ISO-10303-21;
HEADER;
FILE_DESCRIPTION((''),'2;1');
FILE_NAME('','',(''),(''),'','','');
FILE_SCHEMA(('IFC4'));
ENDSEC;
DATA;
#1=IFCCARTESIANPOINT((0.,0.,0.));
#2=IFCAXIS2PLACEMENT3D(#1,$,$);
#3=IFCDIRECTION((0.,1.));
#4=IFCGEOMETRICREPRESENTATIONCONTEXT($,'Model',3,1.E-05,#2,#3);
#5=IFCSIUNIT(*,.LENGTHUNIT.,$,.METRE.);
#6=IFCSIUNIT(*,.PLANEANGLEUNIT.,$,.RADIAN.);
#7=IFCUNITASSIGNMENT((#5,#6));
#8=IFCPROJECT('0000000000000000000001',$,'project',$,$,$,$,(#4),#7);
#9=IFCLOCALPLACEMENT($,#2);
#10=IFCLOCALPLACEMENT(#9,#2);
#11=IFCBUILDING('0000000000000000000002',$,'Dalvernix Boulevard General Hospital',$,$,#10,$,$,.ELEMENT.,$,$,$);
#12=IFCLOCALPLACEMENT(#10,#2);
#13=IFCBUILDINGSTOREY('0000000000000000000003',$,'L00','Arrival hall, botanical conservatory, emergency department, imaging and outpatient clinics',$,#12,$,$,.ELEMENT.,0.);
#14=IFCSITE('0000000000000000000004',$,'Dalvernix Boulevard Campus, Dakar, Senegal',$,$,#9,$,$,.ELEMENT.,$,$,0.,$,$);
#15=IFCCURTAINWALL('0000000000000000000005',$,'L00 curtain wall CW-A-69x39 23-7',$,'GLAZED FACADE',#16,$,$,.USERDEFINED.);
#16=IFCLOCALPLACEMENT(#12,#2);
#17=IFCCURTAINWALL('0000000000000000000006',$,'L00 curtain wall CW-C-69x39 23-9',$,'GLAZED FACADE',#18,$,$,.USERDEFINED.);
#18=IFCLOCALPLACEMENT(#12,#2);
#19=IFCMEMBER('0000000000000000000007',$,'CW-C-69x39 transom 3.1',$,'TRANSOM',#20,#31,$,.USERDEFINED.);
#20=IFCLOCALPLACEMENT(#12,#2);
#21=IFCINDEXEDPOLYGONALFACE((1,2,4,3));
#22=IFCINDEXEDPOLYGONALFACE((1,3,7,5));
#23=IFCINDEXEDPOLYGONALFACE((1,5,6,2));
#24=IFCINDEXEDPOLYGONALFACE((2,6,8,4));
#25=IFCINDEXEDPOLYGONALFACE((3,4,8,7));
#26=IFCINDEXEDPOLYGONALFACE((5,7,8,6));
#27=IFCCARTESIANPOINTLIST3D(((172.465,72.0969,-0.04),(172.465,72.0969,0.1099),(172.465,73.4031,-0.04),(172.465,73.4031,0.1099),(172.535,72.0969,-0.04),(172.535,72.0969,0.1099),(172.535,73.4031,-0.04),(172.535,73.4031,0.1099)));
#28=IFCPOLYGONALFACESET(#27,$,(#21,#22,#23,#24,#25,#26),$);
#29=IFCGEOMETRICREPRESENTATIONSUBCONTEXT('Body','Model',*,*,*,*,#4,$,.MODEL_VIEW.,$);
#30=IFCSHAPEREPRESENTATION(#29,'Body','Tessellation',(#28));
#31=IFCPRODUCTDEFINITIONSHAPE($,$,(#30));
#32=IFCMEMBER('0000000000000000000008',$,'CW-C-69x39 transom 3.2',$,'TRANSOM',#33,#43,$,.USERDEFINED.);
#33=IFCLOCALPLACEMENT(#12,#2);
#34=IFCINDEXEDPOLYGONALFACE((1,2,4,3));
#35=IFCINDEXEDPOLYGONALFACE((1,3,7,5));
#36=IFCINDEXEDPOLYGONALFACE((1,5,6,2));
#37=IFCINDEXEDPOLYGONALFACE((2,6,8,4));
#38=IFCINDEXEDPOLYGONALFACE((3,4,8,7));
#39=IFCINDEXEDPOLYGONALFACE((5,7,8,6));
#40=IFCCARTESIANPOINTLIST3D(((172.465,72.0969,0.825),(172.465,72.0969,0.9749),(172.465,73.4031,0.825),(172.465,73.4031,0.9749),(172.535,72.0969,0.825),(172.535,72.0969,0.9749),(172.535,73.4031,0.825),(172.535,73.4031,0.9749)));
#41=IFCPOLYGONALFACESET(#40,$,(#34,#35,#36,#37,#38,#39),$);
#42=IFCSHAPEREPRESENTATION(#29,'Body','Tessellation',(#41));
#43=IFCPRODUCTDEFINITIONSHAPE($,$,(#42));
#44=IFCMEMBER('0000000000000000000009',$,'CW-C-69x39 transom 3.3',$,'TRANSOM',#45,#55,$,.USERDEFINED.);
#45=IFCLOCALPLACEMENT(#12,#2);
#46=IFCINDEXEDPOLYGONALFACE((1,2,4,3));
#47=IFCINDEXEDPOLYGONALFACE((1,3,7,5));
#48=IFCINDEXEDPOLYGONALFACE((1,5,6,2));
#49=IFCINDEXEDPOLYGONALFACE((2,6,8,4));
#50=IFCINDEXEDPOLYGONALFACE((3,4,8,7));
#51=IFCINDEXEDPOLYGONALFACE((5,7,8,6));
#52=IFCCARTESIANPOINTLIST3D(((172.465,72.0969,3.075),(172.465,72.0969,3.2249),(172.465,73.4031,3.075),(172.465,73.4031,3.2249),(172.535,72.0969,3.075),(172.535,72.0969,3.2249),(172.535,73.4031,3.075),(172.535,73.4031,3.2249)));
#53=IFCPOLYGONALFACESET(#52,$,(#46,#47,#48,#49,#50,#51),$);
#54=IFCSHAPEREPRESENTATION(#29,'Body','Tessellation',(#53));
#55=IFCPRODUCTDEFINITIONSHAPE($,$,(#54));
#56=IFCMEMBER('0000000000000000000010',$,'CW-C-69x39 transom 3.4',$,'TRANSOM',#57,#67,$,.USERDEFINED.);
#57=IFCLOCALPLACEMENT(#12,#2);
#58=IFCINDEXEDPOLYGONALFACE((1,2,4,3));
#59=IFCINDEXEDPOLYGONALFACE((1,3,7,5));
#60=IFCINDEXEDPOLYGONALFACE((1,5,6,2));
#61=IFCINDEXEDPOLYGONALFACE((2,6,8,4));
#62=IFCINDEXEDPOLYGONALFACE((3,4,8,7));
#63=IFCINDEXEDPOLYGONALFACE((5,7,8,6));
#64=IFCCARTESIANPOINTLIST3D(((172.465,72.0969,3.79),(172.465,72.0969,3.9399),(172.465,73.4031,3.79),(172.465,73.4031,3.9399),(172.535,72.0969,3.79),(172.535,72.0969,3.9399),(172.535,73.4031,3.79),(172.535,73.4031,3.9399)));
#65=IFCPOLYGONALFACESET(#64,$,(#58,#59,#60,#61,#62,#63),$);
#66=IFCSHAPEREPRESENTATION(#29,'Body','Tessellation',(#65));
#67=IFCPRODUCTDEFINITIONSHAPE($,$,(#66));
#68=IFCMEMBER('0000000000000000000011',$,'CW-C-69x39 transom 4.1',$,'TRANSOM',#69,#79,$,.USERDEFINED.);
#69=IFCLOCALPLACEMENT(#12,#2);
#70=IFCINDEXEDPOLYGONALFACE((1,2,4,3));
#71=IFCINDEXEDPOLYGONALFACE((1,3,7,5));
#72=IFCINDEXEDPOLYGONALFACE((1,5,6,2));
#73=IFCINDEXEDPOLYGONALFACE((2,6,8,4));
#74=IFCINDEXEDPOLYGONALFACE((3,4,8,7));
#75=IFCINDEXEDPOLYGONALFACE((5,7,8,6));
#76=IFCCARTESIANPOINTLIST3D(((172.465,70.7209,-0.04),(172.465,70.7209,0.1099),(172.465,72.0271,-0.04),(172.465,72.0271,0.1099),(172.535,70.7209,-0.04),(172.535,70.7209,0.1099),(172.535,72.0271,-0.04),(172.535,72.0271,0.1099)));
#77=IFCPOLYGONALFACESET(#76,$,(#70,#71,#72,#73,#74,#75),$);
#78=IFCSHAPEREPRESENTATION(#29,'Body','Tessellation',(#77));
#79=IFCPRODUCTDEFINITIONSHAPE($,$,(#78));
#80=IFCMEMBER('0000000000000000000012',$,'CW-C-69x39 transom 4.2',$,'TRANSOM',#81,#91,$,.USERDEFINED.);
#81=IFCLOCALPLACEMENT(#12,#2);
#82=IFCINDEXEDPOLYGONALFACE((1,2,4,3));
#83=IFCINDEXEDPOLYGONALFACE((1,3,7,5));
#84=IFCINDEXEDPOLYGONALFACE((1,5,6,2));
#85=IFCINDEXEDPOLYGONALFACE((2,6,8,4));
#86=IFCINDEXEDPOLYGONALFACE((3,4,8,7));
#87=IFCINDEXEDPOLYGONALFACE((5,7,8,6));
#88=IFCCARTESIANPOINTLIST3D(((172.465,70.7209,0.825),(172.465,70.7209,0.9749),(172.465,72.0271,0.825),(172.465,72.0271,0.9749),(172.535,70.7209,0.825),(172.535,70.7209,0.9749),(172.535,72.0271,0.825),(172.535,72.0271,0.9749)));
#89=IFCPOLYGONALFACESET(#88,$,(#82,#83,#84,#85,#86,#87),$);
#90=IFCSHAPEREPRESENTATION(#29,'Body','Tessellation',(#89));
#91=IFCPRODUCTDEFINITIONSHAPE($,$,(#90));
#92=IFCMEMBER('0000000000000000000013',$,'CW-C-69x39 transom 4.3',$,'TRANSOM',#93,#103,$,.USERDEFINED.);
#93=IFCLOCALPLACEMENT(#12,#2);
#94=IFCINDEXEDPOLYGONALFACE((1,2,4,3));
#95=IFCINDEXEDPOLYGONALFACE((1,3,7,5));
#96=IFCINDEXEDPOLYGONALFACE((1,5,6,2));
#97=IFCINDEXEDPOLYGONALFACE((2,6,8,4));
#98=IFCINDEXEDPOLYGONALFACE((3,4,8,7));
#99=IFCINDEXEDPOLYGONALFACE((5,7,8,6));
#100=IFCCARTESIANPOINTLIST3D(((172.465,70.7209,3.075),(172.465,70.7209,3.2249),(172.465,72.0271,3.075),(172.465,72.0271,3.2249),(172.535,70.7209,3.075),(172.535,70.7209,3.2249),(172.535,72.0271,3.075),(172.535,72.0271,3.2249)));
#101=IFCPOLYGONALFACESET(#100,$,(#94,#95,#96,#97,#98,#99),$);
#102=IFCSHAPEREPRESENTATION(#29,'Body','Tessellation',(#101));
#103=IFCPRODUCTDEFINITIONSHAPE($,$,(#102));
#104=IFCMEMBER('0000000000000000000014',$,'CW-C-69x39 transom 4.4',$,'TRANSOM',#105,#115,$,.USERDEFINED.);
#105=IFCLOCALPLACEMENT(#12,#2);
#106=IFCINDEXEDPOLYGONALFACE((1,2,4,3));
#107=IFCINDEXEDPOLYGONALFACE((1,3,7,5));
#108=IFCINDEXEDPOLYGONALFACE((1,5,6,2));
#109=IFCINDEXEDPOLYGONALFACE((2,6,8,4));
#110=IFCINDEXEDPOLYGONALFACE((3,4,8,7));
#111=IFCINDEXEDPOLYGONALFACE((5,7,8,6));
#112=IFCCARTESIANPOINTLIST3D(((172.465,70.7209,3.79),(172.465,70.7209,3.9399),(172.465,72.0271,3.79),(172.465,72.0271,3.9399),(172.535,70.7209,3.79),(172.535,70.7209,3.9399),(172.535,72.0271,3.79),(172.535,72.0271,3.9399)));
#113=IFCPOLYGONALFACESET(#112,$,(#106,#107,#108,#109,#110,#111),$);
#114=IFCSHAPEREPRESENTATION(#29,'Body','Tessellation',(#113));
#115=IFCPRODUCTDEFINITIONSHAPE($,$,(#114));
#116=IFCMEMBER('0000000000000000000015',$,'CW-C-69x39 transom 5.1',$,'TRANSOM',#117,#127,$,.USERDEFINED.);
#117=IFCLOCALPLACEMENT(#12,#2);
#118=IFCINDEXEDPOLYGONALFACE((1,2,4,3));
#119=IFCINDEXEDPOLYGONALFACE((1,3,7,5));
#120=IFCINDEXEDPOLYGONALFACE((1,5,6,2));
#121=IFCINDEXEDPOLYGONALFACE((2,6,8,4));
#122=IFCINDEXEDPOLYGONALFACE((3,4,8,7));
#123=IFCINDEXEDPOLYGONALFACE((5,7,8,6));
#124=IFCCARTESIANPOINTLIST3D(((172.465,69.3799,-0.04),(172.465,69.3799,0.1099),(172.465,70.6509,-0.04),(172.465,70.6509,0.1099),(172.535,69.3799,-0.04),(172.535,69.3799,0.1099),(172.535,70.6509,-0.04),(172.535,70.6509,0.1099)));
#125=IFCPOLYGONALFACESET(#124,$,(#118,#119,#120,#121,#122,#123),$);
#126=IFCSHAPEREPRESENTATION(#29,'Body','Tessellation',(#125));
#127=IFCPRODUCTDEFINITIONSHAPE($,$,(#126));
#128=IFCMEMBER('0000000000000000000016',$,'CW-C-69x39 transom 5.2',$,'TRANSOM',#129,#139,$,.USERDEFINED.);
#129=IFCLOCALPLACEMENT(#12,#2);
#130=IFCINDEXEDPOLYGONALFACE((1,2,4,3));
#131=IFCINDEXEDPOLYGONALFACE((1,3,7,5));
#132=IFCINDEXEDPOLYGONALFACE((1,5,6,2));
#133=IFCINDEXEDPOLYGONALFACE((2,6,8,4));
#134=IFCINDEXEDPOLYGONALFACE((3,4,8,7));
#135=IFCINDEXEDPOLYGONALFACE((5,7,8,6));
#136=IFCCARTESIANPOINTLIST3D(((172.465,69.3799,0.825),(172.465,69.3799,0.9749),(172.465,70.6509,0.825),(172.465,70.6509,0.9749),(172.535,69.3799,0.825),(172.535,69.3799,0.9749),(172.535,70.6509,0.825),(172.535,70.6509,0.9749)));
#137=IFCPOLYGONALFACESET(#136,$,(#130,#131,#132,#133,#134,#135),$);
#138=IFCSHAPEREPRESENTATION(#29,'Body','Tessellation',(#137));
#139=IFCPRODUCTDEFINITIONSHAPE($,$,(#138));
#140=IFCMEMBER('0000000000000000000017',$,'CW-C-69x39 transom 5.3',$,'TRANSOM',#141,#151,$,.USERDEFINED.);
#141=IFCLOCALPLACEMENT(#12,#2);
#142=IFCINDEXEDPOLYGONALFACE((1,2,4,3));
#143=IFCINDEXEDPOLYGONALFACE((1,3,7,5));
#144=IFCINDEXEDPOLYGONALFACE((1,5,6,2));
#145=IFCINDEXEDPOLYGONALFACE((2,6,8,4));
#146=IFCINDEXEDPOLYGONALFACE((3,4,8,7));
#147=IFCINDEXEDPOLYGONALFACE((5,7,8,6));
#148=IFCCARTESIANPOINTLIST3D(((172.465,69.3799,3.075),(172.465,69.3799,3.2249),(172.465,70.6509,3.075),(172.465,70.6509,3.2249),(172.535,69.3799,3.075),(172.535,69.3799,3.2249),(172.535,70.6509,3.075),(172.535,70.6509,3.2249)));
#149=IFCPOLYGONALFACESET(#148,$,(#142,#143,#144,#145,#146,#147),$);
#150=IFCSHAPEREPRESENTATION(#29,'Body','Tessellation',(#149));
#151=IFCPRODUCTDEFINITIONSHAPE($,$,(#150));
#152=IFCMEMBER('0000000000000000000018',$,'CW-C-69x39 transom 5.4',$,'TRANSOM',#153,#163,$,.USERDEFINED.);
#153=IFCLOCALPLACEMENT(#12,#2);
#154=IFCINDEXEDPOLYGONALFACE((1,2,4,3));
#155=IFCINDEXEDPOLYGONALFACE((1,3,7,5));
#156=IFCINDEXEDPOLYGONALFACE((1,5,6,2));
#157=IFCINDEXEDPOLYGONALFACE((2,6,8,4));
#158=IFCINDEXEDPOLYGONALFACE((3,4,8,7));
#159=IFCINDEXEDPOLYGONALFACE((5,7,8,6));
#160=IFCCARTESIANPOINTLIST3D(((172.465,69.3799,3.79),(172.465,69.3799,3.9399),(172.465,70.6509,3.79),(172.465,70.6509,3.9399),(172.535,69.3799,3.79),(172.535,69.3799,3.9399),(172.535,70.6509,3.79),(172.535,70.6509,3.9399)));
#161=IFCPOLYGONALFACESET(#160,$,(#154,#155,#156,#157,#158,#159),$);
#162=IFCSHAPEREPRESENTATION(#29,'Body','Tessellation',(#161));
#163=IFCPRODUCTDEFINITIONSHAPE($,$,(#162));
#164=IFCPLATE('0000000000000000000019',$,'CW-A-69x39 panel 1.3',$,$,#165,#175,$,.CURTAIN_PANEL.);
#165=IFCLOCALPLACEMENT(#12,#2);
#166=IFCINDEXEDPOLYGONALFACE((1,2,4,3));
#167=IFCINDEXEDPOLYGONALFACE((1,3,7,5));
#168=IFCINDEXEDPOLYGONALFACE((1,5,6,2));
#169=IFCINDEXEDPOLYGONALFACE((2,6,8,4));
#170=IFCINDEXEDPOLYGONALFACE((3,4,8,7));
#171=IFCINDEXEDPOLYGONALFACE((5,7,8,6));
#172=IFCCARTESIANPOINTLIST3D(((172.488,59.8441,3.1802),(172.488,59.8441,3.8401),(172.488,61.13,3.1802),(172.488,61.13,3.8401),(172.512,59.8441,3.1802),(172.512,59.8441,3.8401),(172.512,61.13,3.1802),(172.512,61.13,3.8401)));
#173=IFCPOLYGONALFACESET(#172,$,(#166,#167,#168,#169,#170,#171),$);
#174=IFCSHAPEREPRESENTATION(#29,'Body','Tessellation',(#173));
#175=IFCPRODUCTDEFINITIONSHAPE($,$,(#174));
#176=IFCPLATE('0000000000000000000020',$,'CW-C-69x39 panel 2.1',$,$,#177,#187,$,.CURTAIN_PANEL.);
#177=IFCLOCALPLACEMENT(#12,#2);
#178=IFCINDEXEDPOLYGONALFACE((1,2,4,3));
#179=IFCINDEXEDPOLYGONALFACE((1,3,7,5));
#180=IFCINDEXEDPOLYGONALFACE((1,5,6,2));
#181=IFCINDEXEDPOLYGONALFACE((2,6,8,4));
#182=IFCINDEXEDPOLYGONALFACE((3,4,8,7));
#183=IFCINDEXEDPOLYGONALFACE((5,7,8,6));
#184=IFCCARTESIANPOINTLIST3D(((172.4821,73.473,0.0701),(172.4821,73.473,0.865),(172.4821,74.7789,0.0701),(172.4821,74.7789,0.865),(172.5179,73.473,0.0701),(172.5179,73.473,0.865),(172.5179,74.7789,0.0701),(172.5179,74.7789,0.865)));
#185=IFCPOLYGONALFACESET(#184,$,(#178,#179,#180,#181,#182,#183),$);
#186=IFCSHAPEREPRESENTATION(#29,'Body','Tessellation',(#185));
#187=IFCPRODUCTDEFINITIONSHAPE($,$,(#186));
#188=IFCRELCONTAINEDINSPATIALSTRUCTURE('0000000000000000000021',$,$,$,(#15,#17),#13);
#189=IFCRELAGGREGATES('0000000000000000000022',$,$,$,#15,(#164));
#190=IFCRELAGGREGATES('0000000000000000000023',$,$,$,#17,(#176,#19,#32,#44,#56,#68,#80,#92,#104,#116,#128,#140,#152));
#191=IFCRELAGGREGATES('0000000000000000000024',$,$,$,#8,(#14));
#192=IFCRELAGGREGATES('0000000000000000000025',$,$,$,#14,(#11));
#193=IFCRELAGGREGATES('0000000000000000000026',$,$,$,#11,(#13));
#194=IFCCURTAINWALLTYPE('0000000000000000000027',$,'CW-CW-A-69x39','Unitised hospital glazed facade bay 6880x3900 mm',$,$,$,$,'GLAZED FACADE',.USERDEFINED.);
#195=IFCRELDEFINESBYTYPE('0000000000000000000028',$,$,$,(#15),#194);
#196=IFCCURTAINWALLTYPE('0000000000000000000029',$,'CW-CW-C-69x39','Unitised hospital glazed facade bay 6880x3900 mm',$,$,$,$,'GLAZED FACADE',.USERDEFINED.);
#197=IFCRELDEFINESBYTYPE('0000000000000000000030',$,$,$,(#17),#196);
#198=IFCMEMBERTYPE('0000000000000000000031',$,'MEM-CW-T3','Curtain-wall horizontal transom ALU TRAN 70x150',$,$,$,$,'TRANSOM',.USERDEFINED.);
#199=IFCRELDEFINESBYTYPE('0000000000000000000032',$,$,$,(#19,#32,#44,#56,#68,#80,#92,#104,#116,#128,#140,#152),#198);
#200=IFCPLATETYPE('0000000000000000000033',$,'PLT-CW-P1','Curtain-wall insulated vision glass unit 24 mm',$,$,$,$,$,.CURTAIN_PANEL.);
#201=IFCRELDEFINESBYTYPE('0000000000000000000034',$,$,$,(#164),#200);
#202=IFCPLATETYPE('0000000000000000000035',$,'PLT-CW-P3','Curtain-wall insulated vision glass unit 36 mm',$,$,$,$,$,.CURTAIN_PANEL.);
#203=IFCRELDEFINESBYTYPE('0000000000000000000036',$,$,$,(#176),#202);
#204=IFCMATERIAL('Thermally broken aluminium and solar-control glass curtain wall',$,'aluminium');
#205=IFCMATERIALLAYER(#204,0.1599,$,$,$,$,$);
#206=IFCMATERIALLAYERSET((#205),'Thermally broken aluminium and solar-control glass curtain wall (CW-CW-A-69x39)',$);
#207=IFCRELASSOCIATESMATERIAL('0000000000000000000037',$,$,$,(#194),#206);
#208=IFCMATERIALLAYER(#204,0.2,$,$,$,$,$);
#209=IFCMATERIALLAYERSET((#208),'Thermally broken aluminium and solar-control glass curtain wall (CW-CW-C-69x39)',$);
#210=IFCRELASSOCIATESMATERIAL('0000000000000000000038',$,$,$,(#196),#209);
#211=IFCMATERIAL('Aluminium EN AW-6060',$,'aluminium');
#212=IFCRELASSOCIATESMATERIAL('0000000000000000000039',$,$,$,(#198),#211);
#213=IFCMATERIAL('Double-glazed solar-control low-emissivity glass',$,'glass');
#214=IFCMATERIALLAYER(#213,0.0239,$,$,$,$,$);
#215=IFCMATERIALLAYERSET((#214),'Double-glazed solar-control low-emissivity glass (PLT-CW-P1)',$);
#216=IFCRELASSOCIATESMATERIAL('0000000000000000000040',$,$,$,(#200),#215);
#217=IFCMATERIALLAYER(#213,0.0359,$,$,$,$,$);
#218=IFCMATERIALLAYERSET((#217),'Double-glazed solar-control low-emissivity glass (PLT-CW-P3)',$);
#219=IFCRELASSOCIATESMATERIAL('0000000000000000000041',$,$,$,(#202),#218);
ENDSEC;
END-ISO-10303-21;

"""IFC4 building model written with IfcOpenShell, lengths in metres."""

from ifc_helpers import new_model, si_unit, direction, frame, origin, origin_2d, place, context, subcontext, project, spatial, rectangle, extrude, material, layer, layer_set, material_profile, profile_set, type_object, element, aggregate, save


model = new_model("IFC4")

# Units and contexts
model_context = context("Model", 3, precision=1e-05, world=origin(), true_north=direction((0.0, 1.0)))
body_context = subcontext(model_context, "Body", "Model", "MODEL_VIEW")
ifc_project = project(units=[si_unit("LENGTHUNIT", "METRE"), si_unit("PLANEANGLEUNIT", "RADIAN")], contexts=[model_context])

# Site, building, storey
site_placement = place(None, origin())
site = spatial("IfcSite", under=ifc_project, at=site_placement, Name="Dalvernix Boulevard Campus, Dakar, Senegal", CompositionType="ELEMENT", RefElevation=0.0)
building_placement = place(site_placement, origin())
building = spatial("IfcBuilding", under=site, at=building_placement, Name="Dalvernix Boulevard General Hospital", CompositionType="ELEMENT")
storey_placement = place(building_placement, origin())
storey = spatial("IfcBuildingStorey", under=building, at=storey_placement, Name="L00", Description="Arrival hall, botanical conservatory, emergency department, imaging and outpatient clinics", CompositionType="ELEMENT", Elevation=0.0)

# Curtain wall
ifc_material_1 = material(Name="Thermally broken aluminium and solar-control glass curtain wall", Category="aluminium")
ifc_layer_1 = layer(ifc_material_1, 0.1599)
ifc_layer_set_1 = layer_set([ifc_layer_1], Name="Thermally broken aluminium and solar-control glass curtain wall (CW-CW-A-69x39)")
curtain_wall_type_1 = type_object("IfcCurtainWallType", Name="CW-CW-A-69x39", Description="Unitised hospital glazed facade bay 6880x3900 mm", ElementType="GLAZED FACADE", PredefinedType="USERDEFINED", material=ifc_layer_set_1)
curtain_wall_1_placement = place(storey_placement, origin())
curtain_wall_1 = element("IfcCurtainWall", 1, at=curtain_wall_1_placement, inside=storey, type_object=curtain_wall_type_1, Name="L00 curtain wall CW-A-69x39 23-7", ObjectType="GLAZED FACADE", PredefinedType="USERDEFINED")
ifc_material_2 = material(Name="Aluminium EN AW-6060", Category="aluminium")

# Curtain wall
ifc_layer_2 = layer(ifc_material_1, 0.2)
ifc_layer_set_2 = layer_set([ifc_layer_2], Name="Thermally broken aluminium and solar-control glass curtain wall (CW-CW-C-69x39)")
curtain_wall_type_2 = type_object("IfcCurtainWallType", Name="CW-CW-C-69x39", Description="Unitised hospital glazed facade bay 6880x3900 mm", ElementType="GLAZED FACADE", PredefinedType="USERDEFINED", material=ifc_layer_set_2)
curtain_wall_2_placement = place(storey_placement, origin())
curtain_wall_2 = element("IfcCurtainWall", 2, at=curtain_wall_2_placement, inside=storey, type_object=curtain_wall_type_2, Name="L00 curtain wall CW-C-69x39 23-9", ObjectType="GLAZED FACADE", PredefinedType="USERDEFINED")

# Members
ifc_material_profile_1 = material_profile(ifc_material_2, rectangle(XDim=0.0701, YDim=0.1499, at=origin_2d()), Name="ALU TRAN 70x150")
ifc_profile_set_1 = profile_set([ifc_material_profile_1], Name="Aluminium EN AW-6060")
member_type_1 = type_object("IfcMemberType", Name="MEM-CW-T3", Description="Curtain-wall horizontal transom ALU TRAN 70x150", ElementType="TRANSOM", PredefinedType="USERDEFINED", material=ifc_profile_set_1)
member_1_placement = place(storey_placement, frame((172.5, 73.4031, 0.0349), z_axis=(0.0, -1.0, 0.0), x_axis=(1.0, 0.0, 0.0)))
member_1 = element("IfcMember", 3, at=member_1_placement, type_object=member_type_1, Name="CW-C-69x39 transom 3.1", ObjectType="TRANSOM", PredefinedType="USERDEFINED", context=body_context, shape_type="SweptSolid", body=[
    extrude(rectangle(XDim=0.0701, YDim=0.1499, at=origin_2d()), origin(), (0.0, 0.0, 1.0), 1.3062),
])
member_2_placement = place(storey_placement, frame((172.5, 73.4031, 0.8999), z_axis=(0.0, -1.0, 0.0), x_axis=(1.0, 0.0, 0.0)))
member_2 = element("IfcMember", 4, at=member_2_placement, type_object=member_type_1, Name="CW-C-69x39 transom 3.2", ObjectType="TRANSOM", PredefinedType="USERDEFINED", context=body_context, shape_type="SweptSolid", body=[
    extrude(rectangle(XDim=0.0701, YDim=0.1499, at=origin_2d()), origin(), (0.0, 0.0, 1.0), 1.3062),
])
member_3_placement = place(storey_placement, frame((172.5, 73.4031, 3.1499), z_axis=(0.0, -1.0, 0.0), x_axis=(1.0, 0.0, 0.0)))
member_3 = element("IfcMember", 5, at=member_3_placement, type_object=member_type_1, Name="CW-C-69x39 transom 3.3", ObjectType="TRANSOM", PredefinedType="USERDEFINED", context=body_context, shape_type="SweptSolid", body=[
    extrude(rectangle(XDim=0.0701, YDim=0.1499, at=origin_2d()), origin(), (0.0, 0.0, 1.0), 1.3062),
])
member_4_placement = place(storey_placement, frame((172.5, 73.4031, 3.865), z_axis=(0.0, -1.0, 0.0), x_axis=(1.0, 0.0, 0.0)))
member_4 = element("IfcMember", 6, at=member_4_placement, type_object=member_type_1, Name="CW-C-69x39 transom 3.4", ObjectType="TRANSOM", PredefinedType="USERDEFINED", context=body_context, shape_type="SweptSolid", body=[
    extrude(rectangle(XDim=0.0701, YDim=0.1499, at=origin_2d()), origin(), (0.0, 0.0, 1.0), 1.3062),
])
member_5_placement = place(storey_placement, frame((172.5, 72.0271, 0.0349), z_axis=(0.0, -1.0, 0.0), x_axis=(1.0, 0.0, 0.0)))
member_5 = element("IfcMember", 7, at=member_5_placement, type_object=member_type_1, Name="CW-C-69x39 transom 4.1", ObjectType="TRANSOM", PredefinedType="USERDEFINED", context=body_context, shape_type="SweptSolid", body=[
    extrude(rectangle(XDim=0.0701, YDim=0.1499, at=origin_2d()), origin(), (0.0, 0.0, 1.0), 1.3062),
])
member_6_placement = place(storey_placement, frame((172.5, 72.0271, 0.8999), z_axis=(0.0, -1.0, 0.0), x_axis=(1.0, 0.0, 0.0)))
member_6 = element("IfcMember", 8, at=member_6_placement, type_object=member_type_1, Name="CW-C-69x39 transom 4.2", ObjectType="TRANSOM", PredefinedType="USERDEFINED", context=body_context, shape_type="SweptSolid", body=[
    extrude(rectangle(XDim=0.0701, YDim=0.1499, at=origin_2d()), origin(), (0.0, 0.0, 1.0), 1.3062),
])
member_7_placement = place(storey_placement, frame((172.5, 72.0271, 3.1499), z_axis=(0.0, -1.0, 0.0), x_axis=(1.0, 0.0, 0.0)))
member_7 = element("IfcMember", 9, at=member_7_placement, type_object=member_type_1, Name="CW-C-69x39 transom 4.3", ObjectType="TRANSOM", PredefinedType="USERDEFINED", context=body_context, shape_type="SweptSolid", body=[
    extrude(rectangle(XDim=0.0701, YDim=0.1499, at=origin_2d()), origin(), (0.0, 0.0, 1.0), 1.3062),
])
member_8_placement = place(storey_placement, frame((172.5, 72.0271, 3.865), z_axis=(0.0, -1.0, 0.0), x_axis=(1.0, 0.0, 0.0)))
member_8 = element("IfcMember", 10, at=member_8_placement, type_object=member_type_1, Name="CW-C-69x39 transom 4.4", ObjectType="TRANSOM", PredefinedType="USERDEFINED", context=body_context, shape_type="SweptSolid", body=[
    extrude(rectangle(XDim=0.0701, YDim=0.1499, at=origin_2d()), origin(), (0.0, 0.0, 1.0), 1.3062),
])
member_9_placement = place(storey_placement, frame((172.5, 70.6509, 0.0349), z_axis=(0.0, -1.0, 0.0), x_axis=(1.0, 0.0, 0.0)))
member_9 = element("IfcMember", 11, at=member_9_placement, type_object=member_type_1, Name="CW-C-69x39 transom 5.1", ObjectType="TRANSOM", PredefinedType="USERDEFINED", context=body_context, shape_type="SweptSolid", body=[
    extrude(rectangle(XDim=0.0701, YDim=0.1499, at=origin_2d()), origin(), (0.0, 0.0, 1.0), 1.271),
])
member_10_placement = place(storey_placement, frame((172.5, 70.6509, 0.8999), z_axis=(0.0, -1.0, 0.0), x_axis=(1.0, 0.0, 0.0)))
member_10 = element("IfcMember", 12, at=member_10_placement, type_object=member_type_1, Name="CW-C-69x39 transom 5.2", ObjectType="TRANSOM", PredefinedType="USERDEFINED", context=body_context, shape_type="SweptSolid", body=[
    extrude(rectangle(XDim=0.0701, YDim=0.1499, at=origin_2d()), origin(), (0.0, 0.0, 1.0), 1.271),
])
member_11_placement = place(storey_placement, frame((172.5, 70.6509, 3.1499), z_axis=(0.0, -1.0, 0.0), x_axis=(1.0, 0.0, 0.0)))
member_11 = element("IfcMember", 13, at=member_11_placement, type_object=member_type_1, Name="CW-C-69x39 transom 5.3", ObjectType="TRANSOM", PredefinedType="USERDEFINED", context=body_context, shape_type="SweptSolid", body=[
    extrude(rectangle(XDim=0.0701, YDim=0.1499, at=origin_2d()), origin(), (0.0, 0.0, 1.0), 1.271),
])
member_12_placement = place(storey_placement, frame((172.5, 70.6509, 3.865), z_axis=(0.0, -1.0, 0.0), x_axis=(1.0, 0.0, 0.0)))
member_12 = element("IfcMember", 14, at=member_12_placement, type_object=member_type_1, Name="CW-C-69x39 transom 5.4", ObjectType="TRANSOM", PredefinedType="USERDEFINED", context=body_context, shape_type="SweptSolid", body=[
    extrude(rectangle(XDim=0.0701, YDim=0.1499, at=origin_2d()), origin(), (0.0, 0.0, 1.0), 1.271),
])

# Plates
ifc_material_3 = material(Name="Double-glazed solar-control low-emissivity glass", Category="glass")
ifc_layer_3 = layer(ifc_material_3, 0.0239)
ifc_layer_set_3 = layer_set([ifc_layer_3], Name="Double-glazed solar-control low-emissivity glass (PLT-CW-P1)")
plate_type_1 = type_object("IfcPlateType", Name="PLT-CW-P1", Description="Curtain-wall insulated vision glass unit 24 mm", PredefinedType="CURTAIN_PANEL", material=ifc_layer_set_3)
plate_1_placement = place(storey_placement, frame((172.5, 60.4871, 3.1802), z_axis=(0.0, 0.0, 1.0), x_axis=(0.0, -1.0, 0.0)))
plate_1 = element("IfcPlate", 15, at=plate_1_placement, type_object=plate_type_1, Name="CW-A-69x39 panel 1.3", PredefinedType="CURTAIN_PANEL", context=body_context, shape_type="SweptSolid", body=[
    extrude(rectangle(XDim=1.2859, YDim=0.0239, at=origin_2d()), origin(), (0.0, 0.0, 1.0), 0.6599),
])
aggregate(curtain_wall_1, [plate_1])
ifc_layer_4 = layer(ifc_material_3, 0.0359)
ifc_layer_set_4 = layer_set([ifc_layer_4], Name="Double-glazed solar-control low-emissivity glass (PLT-CW-P3)")
plate_type_2 = type_object("IfcPlateType", Name="PLT-CW-P3", Description="Curtain-wall insulated vision glass unit 36 mm", PredefinedType="CURTAIN_PANEL", material=ifc_layer_set_4)
plate_2_placement = place(storey_placement, frame((172.5, 74.126, 0.0701), z_axis=(0.0, 0.0, 1.0), x_axis=(0.0, -1.0, 0.0)))
plate_2 = element("IfcPlate", 16, at=plate_2_placement, type_object=plate_type_2, Name="CW-C-69x39 panel 2.1", PredefinedType="CURTAIN_PANEL", context=body_context, shape_type="SweptSolid", body=[
    extrude(rectangle(XDim=1.3059, YDim=0.0359, at=origin_2d()), origin(), (0.0, 0.0, 1.0), 0.7949),
])
aggregate(curtain_wall_2, [plate_2, member_1, member_2, member_3, member_4, member_5, member_6, member_7, member_8, member_9, member_10, member_11, member_12])

save(model, "model.ifc")
